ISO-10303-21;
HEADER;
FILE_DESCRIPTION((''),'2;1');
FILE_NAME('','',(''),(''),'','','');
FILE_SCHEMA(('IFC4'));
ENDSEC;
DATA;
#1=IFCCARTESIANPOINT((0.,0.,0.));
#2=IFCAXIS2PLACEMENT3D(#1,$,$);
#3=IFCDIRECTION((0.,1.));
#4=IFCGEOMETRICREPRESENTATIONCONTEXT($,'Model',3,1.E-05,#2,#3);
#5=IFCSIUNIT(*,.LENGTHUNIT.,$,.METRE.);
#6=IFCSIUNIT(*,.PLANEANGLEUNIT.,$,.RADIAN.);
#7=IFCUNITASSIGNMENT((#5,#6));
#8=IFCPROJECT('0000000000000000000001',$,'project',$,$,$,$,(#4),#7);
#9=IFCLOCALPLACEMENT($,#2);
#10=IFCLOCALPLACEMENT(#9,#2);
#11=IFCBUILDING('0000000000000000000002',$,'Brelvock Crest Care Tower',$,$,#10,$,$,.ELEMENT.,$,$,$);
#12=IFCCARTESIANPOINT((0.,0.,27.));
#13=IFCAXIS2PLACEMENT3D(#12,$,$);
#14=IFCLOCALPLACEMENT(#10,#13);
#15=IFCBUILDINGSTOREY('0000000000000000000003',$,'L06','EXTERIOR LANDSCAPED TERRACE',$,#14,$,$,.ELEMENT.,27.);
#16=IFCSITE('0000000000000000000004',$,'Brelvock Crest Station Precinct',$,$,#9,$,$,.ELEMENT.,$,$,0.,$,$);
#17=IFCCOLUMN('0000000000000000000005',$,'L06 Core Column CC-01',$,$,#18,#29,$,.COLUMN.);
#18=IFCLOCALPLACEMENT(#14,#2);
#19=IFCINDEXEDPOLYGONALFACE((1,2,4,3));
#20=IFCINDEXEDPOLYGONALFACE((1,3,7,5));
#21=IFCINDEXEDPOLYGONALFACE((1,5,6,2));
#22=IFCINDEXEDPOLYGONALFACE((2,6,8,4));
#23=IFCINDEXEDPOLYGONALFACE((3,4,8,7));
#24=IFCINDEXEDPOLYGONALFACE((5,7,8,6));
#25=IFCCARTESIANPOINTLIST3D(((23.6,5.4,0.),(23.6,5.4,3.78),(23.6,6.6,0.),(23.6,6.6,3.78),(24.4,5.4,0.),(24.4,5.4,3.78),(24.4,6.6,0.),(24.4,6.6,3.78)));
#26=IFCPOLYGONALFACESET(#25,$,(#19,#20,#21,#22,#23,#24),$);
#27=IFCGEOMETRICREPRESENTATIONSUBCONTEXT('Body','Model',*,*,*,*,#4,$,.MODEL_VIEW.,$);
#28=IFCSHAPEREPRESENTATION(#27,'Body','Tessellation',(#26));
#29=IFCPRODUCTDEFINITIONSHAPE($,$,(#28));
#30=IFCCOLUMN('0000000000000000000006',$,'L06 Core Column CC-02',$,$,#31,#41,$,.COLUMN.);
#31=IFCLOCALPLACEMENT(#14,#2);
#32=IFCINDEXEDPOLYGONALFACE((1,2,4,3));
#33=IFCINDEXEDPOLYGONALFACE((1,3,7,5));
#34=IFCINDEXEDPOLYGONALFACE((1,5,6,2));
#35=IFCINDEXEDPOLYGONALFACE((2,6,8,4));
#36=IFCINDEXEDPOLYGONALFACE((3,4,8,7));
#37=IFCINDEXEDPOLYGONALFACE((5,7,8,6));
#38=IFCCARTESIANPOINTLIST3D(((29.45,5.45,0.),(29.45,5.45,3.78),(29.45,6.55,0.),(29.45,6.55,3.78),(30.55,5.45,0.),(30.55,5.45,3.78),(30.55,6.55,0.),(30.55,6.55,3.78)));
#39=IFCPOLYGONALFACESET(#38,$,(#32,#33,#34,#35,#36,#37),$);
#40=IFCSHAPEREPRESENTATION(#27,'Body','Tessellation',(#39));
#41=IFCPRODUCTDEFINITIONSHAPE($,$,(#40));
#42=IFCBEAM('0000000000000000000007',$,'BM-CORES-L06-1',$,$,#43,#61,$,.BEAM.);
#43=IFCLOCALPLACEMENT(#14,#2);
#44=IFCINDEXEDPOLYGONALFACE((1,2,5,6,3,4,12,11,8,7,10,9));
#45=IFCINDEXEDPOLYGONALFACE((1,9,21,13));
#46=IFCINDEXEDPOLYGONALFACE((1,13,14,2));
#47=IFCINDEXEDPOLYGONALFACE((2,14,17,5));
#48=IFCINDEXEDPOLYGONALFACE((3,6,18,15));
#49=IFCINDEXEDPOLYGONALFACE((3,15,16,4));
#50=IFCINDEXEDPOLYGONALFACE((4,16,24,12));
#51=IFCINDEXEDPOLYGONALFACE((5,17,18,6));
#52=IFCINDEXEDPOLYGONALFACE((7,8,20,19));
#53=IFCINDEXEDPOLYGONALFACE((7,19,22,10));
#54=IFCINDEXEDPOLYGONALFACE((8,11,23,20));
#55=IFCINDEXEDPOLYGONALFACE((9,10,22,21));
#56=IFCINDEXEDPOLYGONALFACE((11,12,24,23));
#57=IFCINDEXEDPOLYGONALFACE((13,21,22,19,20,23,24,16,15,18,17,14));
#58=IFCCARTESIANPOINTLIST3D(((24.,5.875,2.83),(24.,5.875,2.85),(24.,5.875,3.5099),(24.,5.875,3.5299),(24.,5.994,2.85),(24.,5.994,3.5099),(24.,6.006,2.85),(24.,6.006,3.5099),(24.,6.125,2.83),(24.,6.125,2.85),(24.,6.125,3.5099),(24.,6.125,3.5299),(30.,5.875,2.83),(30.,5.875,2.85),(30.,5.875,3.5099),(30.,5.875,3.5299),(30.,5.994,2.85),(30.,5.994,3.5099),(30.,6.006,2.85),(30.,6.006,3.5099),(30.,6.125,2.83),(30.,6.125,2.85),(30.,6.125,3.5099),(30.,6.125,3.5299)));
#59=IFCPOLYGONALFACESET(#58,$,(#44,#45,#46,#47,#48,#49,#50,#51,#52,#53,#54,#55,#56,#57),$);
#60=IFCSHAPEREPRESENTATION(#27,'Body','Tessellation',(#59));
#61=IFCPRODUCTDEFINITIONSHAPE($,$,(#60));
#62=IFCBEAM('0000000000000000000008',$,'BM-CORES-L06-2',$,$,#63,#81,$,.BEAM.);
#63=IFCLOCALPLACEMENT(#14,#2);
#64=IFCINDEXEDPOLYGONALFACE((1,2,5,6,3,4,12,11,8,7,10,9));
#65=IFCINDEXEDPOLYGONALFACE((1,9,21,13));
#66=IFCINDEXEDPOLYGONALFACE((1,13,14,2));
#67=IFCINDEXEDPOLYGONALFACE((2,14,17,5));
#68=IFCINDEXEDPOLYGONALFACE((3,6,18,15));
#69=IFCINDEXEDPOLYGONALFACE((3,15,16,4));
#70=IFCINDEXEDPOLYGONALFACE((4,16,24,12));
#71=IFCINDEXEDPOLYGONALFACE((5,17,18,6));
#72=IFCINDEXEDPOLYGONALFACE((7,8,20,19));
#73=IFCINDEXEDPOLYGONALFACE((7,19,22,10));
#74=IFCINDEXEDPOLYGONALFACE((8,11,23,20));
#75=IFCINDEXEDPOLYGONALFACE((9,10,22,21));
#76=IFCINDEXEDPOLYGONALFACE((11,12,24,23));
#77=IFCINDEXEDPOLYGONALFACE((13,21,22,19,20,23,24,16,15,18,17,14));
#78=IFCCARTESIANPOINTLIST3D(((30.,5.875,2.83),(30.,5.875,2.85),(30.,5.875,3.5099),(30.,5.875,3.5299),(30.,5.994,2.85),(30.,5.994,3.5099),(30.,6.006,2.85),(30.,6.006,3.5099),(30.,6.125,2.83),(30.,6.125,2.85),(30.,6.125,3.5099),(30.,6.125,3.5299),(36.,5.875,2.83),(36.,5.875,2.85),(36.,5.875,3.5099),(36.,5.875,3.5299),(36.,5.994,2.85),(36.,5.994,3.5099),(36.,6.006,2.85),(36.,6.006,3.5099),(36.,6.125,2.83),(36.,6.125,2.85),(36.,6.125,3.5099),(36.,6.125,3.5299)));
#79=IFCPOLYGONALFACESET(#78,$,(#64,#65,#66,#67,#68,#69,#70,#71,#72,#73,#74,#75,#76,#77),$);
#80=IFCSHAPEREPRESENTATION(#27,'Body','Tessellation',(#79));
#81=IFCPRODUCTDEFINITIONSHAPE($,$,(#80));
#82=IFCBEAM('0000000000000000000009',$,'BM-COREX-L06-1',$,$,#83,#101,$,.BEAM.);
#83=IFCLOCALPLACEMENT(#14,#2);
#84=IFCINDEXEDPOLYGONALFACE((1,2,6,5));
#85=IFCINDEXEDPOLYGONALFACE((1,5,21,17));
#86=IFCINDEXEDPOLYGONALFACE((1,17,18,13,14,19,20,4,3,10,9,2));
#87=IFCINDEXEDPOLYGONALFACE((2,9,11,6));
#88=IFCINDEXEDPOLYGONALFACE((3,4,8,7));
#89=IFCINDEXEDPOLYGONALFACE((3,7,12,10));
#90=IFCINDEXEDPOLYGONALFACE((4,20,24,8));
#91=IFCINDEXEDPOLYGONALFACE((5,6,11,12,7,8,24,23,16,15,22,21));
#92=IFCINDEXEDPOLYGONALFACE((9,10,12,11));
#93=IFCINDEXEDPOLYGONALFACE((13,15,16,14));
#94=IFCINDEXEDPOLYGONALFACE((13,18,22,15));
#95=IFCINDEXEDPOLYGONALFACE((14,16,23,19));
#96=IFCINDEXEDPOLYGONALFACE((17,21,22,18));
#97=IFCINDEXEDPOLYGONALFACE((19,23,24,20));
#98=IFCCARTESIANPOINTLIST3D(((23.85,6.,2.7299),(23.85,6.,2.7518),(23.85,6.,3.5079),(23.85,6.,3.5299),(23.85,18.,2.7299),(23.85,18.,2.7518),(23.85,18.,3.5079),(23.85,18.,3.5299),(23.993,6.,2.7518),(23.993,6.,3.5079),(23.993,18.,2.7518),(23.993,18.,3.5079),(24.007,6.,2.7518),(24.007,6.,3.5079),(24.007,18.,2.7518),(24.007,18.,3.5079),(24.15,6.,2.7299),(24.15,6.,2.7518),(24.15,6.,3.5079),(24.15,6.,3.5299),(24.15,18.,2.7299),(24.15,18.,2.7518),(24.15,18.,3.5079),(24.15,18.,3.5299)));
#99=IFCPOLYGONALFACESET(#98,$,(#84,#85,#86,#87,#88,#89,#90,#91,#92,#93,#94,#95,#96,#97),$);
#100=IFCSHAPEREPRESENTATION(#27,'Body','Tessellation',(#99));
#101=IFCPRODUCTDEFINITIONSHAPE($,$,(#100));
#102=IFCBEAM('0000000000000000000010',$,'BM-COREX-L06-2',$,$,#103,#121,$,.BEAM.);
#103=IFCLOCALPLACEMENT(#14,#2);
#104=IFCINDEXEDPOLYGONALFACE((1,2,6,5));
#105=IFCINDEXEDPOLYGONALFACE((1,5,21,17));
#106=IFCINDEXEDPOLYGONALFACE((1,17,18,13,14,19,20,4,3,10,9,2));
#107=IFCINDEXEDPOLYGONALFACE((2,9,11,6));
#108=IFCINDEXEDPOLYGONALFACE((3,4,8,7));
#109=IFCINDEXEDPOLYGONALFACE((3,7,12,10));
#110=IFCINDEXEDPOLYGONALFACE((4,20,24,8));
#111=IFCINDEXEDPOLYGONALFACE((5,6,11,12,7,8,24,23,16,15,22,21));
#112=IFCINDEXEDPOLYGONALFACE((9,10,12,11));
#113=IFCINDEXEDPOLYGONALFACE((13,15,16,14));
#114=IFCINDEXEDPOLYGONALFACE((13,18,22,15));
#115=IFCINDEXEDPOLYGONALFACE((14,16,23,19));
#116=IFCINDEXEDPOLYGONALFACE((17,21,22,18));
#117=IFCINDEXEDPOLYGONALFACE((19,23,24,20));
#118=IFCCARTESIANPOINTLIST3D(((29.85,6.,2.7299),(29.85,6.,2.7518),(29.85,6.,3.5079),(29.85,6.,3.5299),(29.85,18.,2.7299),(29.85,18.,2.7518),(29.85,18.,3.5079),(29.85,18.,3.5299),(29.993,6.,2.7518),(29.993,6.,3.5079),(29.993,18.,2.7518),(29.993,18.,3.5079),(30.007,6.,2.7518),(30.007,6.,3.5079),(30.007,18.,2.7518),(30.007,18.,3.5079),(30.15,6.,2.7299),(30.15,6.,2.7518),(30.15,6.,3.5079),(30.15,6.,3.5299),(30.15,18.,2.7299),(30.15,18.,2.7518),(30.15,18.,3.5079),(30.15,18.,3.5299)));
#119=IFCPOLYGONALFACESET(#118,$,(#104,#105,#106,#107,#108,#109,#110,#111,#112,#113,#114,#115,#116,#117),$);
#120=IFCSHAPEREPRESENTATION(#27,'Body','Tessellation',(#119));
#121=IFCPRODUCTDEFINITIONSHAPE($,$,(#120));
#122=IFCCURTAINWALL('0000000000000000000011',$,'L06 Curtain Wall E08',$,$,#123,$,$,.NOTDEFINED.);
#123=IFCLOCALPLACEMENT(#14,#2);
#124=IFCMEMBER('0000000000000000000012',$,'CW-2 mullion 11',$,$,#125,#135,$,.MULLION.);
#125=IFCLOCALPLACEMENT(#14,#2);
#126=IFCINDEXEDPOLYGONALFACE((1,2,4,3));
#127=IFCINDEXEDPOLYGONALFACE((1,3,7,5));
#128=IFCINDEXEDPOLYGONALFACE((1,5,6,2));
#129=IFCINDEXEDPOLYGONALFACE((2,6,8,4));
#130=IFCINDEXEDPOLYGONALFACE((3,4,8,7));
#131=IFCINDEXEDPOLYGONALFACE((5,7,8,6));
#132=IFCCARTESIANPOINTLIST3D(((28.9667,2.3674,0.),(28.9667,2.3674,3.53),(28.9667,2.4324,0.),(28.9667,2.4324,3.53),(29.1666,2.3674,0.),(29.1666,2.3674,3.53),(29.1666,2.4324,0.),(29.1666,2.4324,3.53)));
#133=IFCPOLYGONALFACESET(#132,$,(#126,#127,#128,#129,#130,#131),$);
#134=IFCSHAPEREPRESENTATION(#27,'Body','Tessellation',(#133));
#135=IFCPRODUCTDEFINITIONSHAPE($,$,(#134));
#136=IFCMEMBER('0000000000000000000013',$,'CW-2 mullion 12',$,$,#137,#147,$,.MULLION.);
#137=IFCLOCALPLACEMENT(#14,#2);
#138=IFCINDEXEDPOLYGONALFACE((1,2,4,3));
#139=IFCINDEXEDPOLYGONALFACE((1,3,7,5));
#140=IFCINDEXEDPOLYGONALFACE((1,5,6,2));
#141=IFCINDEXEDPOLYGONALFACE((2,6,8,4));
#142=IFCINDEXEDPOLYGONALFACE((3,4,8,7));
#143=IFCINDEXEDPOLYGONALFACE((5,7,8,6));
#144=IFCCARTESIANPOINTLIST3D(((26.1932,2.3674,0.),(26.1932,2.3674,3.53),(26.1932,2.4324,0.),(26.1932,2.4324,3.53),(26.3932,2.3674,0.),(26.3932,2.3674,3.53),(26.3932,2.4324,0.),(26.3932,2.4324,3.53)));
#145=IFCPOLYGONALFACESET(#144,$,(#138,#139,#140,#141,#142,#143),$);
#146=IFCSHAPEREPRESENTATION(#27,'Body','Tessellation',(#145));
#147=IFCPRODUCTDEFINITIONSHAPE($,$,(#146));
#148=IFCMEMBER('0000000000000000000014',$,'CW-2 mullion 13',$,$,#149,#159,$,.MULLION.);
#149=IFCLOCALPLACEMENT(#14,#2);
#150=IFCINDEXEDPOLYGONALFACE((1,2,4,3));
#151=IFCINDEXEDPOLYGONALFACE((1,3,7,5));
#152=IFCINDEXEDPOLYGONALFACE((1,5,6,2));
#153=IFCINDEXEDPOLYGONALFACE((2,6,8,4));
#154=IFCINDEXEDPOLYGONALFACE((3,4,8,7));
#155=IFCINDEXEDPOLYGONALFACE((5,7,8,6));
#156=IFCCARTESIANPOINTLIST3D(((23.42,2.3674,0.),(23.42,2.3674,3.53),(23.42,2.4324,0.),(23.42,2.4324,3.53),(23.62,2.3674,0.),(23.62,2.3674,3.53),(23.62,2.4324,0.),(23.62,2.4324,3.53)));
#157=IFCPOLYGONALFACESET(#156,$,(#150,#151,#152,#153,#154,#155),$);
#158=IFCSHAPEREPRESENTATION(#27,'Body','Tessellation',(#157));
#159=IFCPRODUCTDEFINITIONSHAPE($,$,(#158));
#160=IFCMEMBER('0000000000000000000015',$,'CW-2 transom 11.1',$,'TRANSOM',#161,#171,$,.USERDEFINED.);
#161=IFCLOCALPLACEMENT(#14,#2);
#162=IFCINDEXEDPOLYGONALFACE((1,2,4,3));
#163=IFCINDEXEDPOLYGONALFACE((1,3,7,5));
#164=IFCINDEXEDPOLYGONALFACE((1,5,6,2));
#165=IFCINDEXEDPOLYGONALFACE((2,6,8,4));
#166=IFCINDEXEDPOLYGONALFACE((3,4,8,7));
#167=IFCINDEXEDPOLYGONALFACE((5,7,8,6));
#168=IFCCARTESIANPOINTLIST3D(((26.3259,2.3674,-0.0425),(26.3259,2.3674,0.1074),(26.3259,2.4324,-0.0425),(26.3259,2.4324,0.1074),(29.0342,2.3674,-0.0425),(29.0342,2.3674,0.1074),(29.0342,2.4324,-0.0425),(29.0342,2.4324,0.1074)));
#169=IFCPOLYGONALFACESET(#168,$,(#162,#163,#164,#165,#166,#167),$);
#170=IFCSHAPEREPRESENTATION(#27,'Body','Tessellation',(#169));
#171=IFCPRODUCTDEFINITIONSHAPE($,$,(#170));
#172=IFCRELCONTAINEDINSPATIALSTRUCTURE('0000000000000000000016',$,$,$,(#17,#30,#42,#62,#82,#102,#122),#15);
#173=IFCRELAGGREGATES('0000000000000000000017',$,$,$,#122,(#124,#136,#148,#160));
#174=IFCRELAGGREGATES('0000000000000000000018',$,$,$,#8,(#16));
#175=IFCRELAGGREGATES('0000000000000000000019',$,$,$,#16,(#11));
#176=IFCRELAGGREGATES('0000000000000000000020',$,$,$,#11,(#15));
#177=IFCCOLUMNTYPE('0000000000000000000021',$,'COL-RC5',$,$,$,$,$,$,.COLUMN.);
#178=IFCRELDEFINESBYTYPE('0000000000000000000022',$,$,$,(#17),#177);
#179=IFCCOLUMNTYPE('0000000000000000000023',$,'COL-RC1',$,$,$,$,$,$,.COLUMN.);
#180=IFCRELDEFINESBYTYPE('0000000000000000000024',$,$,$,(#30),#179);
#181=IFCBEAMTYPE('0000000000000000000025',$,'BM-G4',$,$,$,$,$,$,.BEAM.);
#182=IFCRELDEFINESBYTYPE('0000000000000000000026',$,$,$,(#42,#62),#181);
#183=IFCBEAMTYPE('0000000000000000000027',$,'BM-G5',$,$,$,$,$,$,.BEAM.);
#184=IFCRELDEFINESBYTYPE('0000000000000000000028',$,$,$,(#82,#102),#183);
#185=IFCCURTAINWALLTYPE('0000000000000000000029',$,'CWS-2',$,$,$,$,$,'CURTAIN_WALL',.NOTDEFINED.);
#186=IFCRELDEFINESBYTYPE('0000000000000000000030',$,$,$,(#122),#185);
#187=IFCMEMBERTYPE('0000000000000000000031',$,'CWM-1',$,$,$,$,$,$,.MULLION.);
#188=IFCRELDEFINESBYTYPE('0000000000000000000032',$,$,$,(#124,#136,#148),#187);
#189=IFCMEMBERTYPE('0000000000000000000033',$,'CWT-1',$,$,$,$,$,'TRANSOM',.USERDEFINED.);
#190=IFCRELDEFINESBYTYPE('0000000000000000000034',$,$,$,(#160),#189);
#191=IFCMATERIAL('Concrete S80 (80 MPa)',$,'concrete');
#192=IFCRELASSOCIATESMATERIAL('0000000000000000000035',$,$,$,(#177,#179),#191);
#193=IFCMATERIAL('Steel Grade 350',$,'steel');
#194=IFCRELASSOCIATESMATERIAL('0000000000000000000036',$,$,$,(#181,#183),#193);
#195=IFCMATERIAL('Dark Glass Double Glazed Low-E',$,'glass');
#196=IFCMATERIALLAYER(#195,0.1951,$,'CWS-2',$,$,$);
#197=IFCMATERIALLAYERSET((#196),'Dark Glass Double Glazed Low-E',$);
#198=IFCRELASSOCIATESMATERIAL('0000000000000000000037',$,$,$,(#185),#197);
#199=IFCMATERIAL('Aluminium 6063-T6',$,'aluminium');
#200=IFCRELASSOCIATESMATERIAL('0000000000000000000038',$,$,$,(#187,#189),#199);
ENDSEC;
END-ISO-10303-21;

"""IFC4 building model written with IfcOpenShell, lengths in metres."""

from ifc_helpers import new_model, si_unit, direction, frame, origin, origin_2d, place, context, subcontext, project, spatial, rectangle, i_section, extrude, source, transform, mapped, material, layer, layer_set, material_profile, profile_set, type_object, element, aggregate, save


model = new_model("IFC4")

# Units and contexts
model_context = context("Model", 3, precision=1e-05, world=origin(), true_north=direction((0.0, 1.0)))
body_context = subcontext(model_context, "Body", "Model", "MODEL_VIEW")
ifc_project = project(units=[si_unit("LENGTHUNIT", "METRE"), si_unit("PLANEANGLEUNIT", "RADIAN")], contexts=[model_context])

# Site, building, storey
site_placement = place(None, origin())
site = spatial("IfcSite", under=ifc_project, at=site_placement, Name="Brelvock Crest Station Precinct", CompositionType="ELEMENT", RefElevation=0.0)
building_placement = place(site_placement, origin())
building = spatial("IfcBuilding", under=site, at=building_placement, Name="Brelvock Crest Care Tower", CompositionType="ELEMENT")
storey_placement = place(building_placement, frame((0.0, 0.0, 27.0)))
storey = spatial("IfcBuildingStorey", under=building, at=storey_placement, Name="L06", Description="EXTERIOR LANDSCAPED TERRACE", CompositionType="ELEMENT", Elevation=27.0)

# Columns
ifc_material_1 = material(Name="Concrete S80 (80 MPa)", Category="concrete")
ifc_material_profile_1 = material_profile(ifc_material_1, rectangle(XDim=0.8, YDim=1.2, at=origin_2d()), Name="RC800x1200")
ifc_profile_set_1 = profile_set([ifc_material_profile_1], Name="Concrete S80 (80 MPa)")
column_type_1 = type_object("IfcColumnType", Name="COL-RC5", PredefinedType="COLUMN", material=ifc_profile_set_1)
shared_shape_1 = source(origin(), body_context, "Body", "SweptSolid", [
    extrude(rectangle(XDim=0.8, YDim=1.2, at=origin_2d()), origin(), (0.0, 0.0, 1.0), 3.78),
])
column_1_placement = place(storey_placement, frame((24.0, 6.0, 0.0), z_axis=(0.0, 0.0, 1.0), x_axis=(1.0, 0.0, 0.0)))
element("IfcColumn", 1, at=column_1_placement, inside=storey, type_object=column_type_1, Name="L06 Core Column CC-01", PredefinedType="COLUMN", context=body_context, shape_type="MappedRepresentation", body=[
    mapped(shared_shape_1, transform((0.0, 0.0, 0.0), x_axis=(1.0, 0.0, 0.0), y_axis=(0.0, 1.0, 0.0), z_axis=(0.0, 0.0, 1.0), scale=1.0)),
])
ifc_material_profile_2 = material_profile(ifc_material_1, rectangle(XDim=1.1001, YDim=1.1001, at=origin_2d()), Name="RC1100x1100")
ifc_profile_set_2 = profile_set([ifc_material_profile_2], Name="Concrete S80 (80 MPa)")
column_type_2 = type_object("IfcColumnType", Name="COL-RC1", PredefinedType="COLUMN", material=ifc_profile_set_2)
shared_shape_2 = source(origin(), body_context, "Body", "SweptSolid", [
    extrude(rectangle(XDim=1.1001, YDim=1.1001, at=origin_2d()), origin(), (0.0, 0.0, 1.0), 3.78),
])
column_2_placement = place(storey_placement, frame((30.0, 6.0, 0.0), z_axis=(0.0, 0.0, 1.0), x_axis=(1.0, 0.0, 0.0)))
element("IfcColumn", 2, at=column_2_placement, inside=storey, type_object=column_type_2, Name="L06 Core Column CC-02", PredefinedType="COLUMN", context=body_context, shape_type="MappedRepresentation", body=[
    mapped(shared_shape_2, transform((0.0, 0.0, 0.0), x_axis=(1.0, 0.0, 0.0), y_axis=(0.0, 1.0, 0.0), z_axis=(0.0, 0.0, 1.0), scale=1.0)),
])

# Beams
ifc_material_2 = material(Name="Steel Grade 350", Category="steel")
ifc_material_profile_3 = material_profile(ifc_material_2, i_section(OverallWidth=0.25, OverallDepth=0.7, WebThickness=0.012, FlangeThickness=0.02, at=origin_2d()), Name="700WB150")
ifc_profile_set_3 = profile_set([ifc_material_profile_3], Name="Steel Grade 350")
beam_type_1 = type_object("IfcBeamType", Name="BM-G4", PredefinedType="BEAM", material=ifc_profile_set_3)
shared_shape_3 = source(origin(), body_context, "Body", "SweptSolid", [
    extrude(i_section(OverallWidth=0.25, OverallDepth=0.7, WebThickness=0.012, FlangeThickness=0.02, at=origin_2d()), origin(), (0.0, 0.0, 1.0), 6.0),
])
for number, where, z_axis, x_axis, name in (
    (3, (24.0, 6.0, 3.1799), (1.0, 0.0, 0.0), (0.0, 1.0, 0.0), "BM-CORES-L06-1"),
    (4, (30.0, 6.0, 3.1799), (1.0, 0.0, 0.0), (0.0, 1.0, 0.0), "BM-CORES-L06-2"),
):
    element("IfcBeam", number, at=place(storey_placement, frame(where, z_axis=z_axis, x_axis=x_axis)), inside=storey, type_object=beam_type_1, Name=name, PredefinedType="BEAM", context=body_context, shape_type="MappedRepresentation", body=[
        mapped(shared_shape_3, transform((0.0, 0.0, 0.0), x_axis=(1.0, 0.0, 0.0), y_axis=(0.0, 1.0, 0.0), z_axis=(0.0, 0.0, 1.0), scale=1.0)),
    ])
ifc_material_profile_4 = material_profile(ifc_material_2, i_section(OverallWidth=0.3, OverallDepth=0.8, WebThickness=0.0139, FlangeThickness=0.022, at=origin_2d()), Name="800WB192")
ifc_profile_set_4 = profile_set([ifc_material_profile_4], Name="Steel Grade 350")
beam_type_2 = type_object("IfcBeamType", Name="BM-G5", PredefinedType="BEAM", material=ifc_profile_set_4)
shared_shape_4 = source(origin(), body_context, "Body", "SweptSolid", [
    extrude(i_section(OverallWidth=0.3, OverallDepth=0.8, WebThickness=0.0139, FlangeThickness=0.022, at=origin_2d()), origin(), (0.0, 0.0, 1.0), 12.0),
])
for number, where, z_axis, x_axis, name in (
    (5, (24.0, 6.0, 3.1299), (0.0, 1.0, 0.0), (-1.0, 0.0, 0.0), "BM-COREX-L06-1"),
    (6, (30.0, 6.0, 3.1299), (0.0, 1.0, 0.0), (-1.0, 0.0, 0.0), "BM-COREX-L06-2"),
):
    element("IfcBeam", number, at=place(storey_placement, frame(where, z_axis=z_axis, x_axis=x_axis)), inside=storey, type_object=beam_type_2, Name=name, PredefinedType="BEAM", context=body_context, shape_type="MappedRepresentation", body=[
        mapped(shared_shape_4, transform((0.0, 0.0, 0.0), x_axis=(1.0, 0.0, 0.0), y_axis=(0.0, 1.0, 0.0), z_axis=(0.0, 0.0, 1.0), scale=1.0)),
    ])

# Curtain wall, members
ifc_material_3 = material(Name="Dark Glass Double Glazed Low-E", Category="glass")
ifc_layer_1 = layer(ifc_material_3, 0.1951, Name="CWS-2")
ifc_layer_set_1 = layer_set([ifc_layer_1], Name="Dark Glass Double Glazed Low-E")
curtain_wall_type = type_object("IfcCurtainWallType", Name="CWS-2", ElementType="CURTAIN_WALL", PredefinedType="NOTDEFINED", material=ifc_layer_set_1)
curtain_wall_placement = place(storey_placement, origin())
curtain_wall = element("IfcCurtainWall", 7, at=curtain_wall_placement, inside=storey, type_object=curtain_wall_type, Name="L06 Curtain Wall E08", PredefinedType="NOTDEFINED")
ifc_material_4 = material(Name="Aluminium 6063-T6", Category="aluminium")
ifc_material_profile_5 = material_profile(ifc_material_4, rectangle(XDim=0.0649, YDim=0.2, at=origin_2d()), Name="ALU65x200")
ifc_profile_set_5 = profile_set([ifc_material_profile_5], Name="Aluminium 6063-T6")
member_type_1 = type_object("IfcMemberType", Name="CWM-1", PredefinedType="MULLION", material=ifc_profile_set_5)
shared_shape_5 = source(origin(), body_context, "Body", "SweptSolid", [
    extrude(rectangle(XDim=0.0649, YDim=0.2, at=origin_2d()), origin(), (0.0, 0.0, 1.0), 3.53),
])
member_1_placement = place(storey_placement, frame((29.0667, 2.3999, 0.0), z_axis=(0.0, 0.0, 1.0), x_axis=(0.0, -1.0, 0.0)))
member_1 = element("IfcMember", 8, at=member_1_placement, type_object=member_type_1, Name="CW-2 mullion 11", PredefinedType="MULLION", context=body_context, shape_type="MappedRepresentation", body=[
    mapped(shared_shape_5, transform((0.0, 0.0, 0.0), x_axis=(1.0, 0.0, 0.0), y_axis=(0.0, 1.0, 0.0), z_axis=(0.0, 0.0, 1.0), scale=1.0)),
])
member_2_placement = place(storey_placement, frame((26.2932, 2.3999, 0.0), z_axis=(0.0, 0.0, 1.0), x_axis=(0.0, -1.0, 0.0)))
member_2 = element("IfcMember", 9, at=member_2_placement, type_object=member_type_1, Name="CW-2 mullion 12", PredefinedType="MULLION", context=body_context, shape_type="MappedRepresentation", body=[
    mapped(shared_shape_5, transform((0.0, 0.0, 0.0), x_axis=(1.0, 0.0, 0.0), y_axis=(0.0, 1.0, 0.0), z_axis=(0.0, 0.0, 1.0), scale=1.0)),
])
member_3_placement = place(storey_placement, frame((23.52, 2.3999, 0.0), z_axis=(0.0, 0.0, 1.0), x_axis=(0.0, -1.0, 0.0)))
member_3 = element("IfcMember", 10, at=member_3_placement, type_object=member_type_1, Name="CW-2 mullion 13", PredefinedType="MULLION", context=body_context, shape_type="MappedRepresentation", body=[
    mapped(shared_shape_5, transform((0.0, 0.0, 0.0), x_axis=(1.0, 0.0, 0.0), y_axis=(0.0, 1.0, 0.0), z_axis=(0.0, 0.0, 1.0), scale=1.0)),
])
ifc_material_profile_6 = material_profile(ifc_material_4, rectangle(XDim=0.0649, YDim=0.1499, at=origin_2d()), Name="ALU65x150")
ifc_profile_set_6 = profile_set([ifc_material_profile_6], Name="Aluminium 6063-T6")
member_type_2 = type_object("IfcMemberType", Name="CWT-1", ElementType="TRANSOM", PredefinedType="USERDEFINED", material=ifc_profile_set_6)
shared_shape_6 = source(origin(), body_context, "Body", "SweptSolid", [
    extrude(rectangle(XDim=0.0649, YDim=0.1499, at=origin_2d()), origin(), (0.0, 0.0, 1.0), 2.7083),
])
member_4_placement = place(storey_placement, frame((29.0342, 2.3999, 0.0325), z_axis=(-1.0, 0.0, 0.0), x_axis=(0.0, -1.0, 0.0)))
member_4 = element("IfcMember", 11, at=member_4_placement, type_object=member_type_2, Name="CW-2 transom 11.1", ObjectType="TRANSOM", PredefinedType="USERDEFINED", context=body_context, shape_type="MappedRepresentation", body=[
    mapped(shared_shape_6, transform((0.0, 0.0, 0.0), x_axis=(1.0, 0.0, 0.0), y_axis=(0.0, 1.0, 0.0), z_axis=(0.0, 0.0, 1.0), scale=1.0)),
])
aggregate(curtain_wall, [member_1, member_2, member_3, member_4])

save(model, "model.ifc")
